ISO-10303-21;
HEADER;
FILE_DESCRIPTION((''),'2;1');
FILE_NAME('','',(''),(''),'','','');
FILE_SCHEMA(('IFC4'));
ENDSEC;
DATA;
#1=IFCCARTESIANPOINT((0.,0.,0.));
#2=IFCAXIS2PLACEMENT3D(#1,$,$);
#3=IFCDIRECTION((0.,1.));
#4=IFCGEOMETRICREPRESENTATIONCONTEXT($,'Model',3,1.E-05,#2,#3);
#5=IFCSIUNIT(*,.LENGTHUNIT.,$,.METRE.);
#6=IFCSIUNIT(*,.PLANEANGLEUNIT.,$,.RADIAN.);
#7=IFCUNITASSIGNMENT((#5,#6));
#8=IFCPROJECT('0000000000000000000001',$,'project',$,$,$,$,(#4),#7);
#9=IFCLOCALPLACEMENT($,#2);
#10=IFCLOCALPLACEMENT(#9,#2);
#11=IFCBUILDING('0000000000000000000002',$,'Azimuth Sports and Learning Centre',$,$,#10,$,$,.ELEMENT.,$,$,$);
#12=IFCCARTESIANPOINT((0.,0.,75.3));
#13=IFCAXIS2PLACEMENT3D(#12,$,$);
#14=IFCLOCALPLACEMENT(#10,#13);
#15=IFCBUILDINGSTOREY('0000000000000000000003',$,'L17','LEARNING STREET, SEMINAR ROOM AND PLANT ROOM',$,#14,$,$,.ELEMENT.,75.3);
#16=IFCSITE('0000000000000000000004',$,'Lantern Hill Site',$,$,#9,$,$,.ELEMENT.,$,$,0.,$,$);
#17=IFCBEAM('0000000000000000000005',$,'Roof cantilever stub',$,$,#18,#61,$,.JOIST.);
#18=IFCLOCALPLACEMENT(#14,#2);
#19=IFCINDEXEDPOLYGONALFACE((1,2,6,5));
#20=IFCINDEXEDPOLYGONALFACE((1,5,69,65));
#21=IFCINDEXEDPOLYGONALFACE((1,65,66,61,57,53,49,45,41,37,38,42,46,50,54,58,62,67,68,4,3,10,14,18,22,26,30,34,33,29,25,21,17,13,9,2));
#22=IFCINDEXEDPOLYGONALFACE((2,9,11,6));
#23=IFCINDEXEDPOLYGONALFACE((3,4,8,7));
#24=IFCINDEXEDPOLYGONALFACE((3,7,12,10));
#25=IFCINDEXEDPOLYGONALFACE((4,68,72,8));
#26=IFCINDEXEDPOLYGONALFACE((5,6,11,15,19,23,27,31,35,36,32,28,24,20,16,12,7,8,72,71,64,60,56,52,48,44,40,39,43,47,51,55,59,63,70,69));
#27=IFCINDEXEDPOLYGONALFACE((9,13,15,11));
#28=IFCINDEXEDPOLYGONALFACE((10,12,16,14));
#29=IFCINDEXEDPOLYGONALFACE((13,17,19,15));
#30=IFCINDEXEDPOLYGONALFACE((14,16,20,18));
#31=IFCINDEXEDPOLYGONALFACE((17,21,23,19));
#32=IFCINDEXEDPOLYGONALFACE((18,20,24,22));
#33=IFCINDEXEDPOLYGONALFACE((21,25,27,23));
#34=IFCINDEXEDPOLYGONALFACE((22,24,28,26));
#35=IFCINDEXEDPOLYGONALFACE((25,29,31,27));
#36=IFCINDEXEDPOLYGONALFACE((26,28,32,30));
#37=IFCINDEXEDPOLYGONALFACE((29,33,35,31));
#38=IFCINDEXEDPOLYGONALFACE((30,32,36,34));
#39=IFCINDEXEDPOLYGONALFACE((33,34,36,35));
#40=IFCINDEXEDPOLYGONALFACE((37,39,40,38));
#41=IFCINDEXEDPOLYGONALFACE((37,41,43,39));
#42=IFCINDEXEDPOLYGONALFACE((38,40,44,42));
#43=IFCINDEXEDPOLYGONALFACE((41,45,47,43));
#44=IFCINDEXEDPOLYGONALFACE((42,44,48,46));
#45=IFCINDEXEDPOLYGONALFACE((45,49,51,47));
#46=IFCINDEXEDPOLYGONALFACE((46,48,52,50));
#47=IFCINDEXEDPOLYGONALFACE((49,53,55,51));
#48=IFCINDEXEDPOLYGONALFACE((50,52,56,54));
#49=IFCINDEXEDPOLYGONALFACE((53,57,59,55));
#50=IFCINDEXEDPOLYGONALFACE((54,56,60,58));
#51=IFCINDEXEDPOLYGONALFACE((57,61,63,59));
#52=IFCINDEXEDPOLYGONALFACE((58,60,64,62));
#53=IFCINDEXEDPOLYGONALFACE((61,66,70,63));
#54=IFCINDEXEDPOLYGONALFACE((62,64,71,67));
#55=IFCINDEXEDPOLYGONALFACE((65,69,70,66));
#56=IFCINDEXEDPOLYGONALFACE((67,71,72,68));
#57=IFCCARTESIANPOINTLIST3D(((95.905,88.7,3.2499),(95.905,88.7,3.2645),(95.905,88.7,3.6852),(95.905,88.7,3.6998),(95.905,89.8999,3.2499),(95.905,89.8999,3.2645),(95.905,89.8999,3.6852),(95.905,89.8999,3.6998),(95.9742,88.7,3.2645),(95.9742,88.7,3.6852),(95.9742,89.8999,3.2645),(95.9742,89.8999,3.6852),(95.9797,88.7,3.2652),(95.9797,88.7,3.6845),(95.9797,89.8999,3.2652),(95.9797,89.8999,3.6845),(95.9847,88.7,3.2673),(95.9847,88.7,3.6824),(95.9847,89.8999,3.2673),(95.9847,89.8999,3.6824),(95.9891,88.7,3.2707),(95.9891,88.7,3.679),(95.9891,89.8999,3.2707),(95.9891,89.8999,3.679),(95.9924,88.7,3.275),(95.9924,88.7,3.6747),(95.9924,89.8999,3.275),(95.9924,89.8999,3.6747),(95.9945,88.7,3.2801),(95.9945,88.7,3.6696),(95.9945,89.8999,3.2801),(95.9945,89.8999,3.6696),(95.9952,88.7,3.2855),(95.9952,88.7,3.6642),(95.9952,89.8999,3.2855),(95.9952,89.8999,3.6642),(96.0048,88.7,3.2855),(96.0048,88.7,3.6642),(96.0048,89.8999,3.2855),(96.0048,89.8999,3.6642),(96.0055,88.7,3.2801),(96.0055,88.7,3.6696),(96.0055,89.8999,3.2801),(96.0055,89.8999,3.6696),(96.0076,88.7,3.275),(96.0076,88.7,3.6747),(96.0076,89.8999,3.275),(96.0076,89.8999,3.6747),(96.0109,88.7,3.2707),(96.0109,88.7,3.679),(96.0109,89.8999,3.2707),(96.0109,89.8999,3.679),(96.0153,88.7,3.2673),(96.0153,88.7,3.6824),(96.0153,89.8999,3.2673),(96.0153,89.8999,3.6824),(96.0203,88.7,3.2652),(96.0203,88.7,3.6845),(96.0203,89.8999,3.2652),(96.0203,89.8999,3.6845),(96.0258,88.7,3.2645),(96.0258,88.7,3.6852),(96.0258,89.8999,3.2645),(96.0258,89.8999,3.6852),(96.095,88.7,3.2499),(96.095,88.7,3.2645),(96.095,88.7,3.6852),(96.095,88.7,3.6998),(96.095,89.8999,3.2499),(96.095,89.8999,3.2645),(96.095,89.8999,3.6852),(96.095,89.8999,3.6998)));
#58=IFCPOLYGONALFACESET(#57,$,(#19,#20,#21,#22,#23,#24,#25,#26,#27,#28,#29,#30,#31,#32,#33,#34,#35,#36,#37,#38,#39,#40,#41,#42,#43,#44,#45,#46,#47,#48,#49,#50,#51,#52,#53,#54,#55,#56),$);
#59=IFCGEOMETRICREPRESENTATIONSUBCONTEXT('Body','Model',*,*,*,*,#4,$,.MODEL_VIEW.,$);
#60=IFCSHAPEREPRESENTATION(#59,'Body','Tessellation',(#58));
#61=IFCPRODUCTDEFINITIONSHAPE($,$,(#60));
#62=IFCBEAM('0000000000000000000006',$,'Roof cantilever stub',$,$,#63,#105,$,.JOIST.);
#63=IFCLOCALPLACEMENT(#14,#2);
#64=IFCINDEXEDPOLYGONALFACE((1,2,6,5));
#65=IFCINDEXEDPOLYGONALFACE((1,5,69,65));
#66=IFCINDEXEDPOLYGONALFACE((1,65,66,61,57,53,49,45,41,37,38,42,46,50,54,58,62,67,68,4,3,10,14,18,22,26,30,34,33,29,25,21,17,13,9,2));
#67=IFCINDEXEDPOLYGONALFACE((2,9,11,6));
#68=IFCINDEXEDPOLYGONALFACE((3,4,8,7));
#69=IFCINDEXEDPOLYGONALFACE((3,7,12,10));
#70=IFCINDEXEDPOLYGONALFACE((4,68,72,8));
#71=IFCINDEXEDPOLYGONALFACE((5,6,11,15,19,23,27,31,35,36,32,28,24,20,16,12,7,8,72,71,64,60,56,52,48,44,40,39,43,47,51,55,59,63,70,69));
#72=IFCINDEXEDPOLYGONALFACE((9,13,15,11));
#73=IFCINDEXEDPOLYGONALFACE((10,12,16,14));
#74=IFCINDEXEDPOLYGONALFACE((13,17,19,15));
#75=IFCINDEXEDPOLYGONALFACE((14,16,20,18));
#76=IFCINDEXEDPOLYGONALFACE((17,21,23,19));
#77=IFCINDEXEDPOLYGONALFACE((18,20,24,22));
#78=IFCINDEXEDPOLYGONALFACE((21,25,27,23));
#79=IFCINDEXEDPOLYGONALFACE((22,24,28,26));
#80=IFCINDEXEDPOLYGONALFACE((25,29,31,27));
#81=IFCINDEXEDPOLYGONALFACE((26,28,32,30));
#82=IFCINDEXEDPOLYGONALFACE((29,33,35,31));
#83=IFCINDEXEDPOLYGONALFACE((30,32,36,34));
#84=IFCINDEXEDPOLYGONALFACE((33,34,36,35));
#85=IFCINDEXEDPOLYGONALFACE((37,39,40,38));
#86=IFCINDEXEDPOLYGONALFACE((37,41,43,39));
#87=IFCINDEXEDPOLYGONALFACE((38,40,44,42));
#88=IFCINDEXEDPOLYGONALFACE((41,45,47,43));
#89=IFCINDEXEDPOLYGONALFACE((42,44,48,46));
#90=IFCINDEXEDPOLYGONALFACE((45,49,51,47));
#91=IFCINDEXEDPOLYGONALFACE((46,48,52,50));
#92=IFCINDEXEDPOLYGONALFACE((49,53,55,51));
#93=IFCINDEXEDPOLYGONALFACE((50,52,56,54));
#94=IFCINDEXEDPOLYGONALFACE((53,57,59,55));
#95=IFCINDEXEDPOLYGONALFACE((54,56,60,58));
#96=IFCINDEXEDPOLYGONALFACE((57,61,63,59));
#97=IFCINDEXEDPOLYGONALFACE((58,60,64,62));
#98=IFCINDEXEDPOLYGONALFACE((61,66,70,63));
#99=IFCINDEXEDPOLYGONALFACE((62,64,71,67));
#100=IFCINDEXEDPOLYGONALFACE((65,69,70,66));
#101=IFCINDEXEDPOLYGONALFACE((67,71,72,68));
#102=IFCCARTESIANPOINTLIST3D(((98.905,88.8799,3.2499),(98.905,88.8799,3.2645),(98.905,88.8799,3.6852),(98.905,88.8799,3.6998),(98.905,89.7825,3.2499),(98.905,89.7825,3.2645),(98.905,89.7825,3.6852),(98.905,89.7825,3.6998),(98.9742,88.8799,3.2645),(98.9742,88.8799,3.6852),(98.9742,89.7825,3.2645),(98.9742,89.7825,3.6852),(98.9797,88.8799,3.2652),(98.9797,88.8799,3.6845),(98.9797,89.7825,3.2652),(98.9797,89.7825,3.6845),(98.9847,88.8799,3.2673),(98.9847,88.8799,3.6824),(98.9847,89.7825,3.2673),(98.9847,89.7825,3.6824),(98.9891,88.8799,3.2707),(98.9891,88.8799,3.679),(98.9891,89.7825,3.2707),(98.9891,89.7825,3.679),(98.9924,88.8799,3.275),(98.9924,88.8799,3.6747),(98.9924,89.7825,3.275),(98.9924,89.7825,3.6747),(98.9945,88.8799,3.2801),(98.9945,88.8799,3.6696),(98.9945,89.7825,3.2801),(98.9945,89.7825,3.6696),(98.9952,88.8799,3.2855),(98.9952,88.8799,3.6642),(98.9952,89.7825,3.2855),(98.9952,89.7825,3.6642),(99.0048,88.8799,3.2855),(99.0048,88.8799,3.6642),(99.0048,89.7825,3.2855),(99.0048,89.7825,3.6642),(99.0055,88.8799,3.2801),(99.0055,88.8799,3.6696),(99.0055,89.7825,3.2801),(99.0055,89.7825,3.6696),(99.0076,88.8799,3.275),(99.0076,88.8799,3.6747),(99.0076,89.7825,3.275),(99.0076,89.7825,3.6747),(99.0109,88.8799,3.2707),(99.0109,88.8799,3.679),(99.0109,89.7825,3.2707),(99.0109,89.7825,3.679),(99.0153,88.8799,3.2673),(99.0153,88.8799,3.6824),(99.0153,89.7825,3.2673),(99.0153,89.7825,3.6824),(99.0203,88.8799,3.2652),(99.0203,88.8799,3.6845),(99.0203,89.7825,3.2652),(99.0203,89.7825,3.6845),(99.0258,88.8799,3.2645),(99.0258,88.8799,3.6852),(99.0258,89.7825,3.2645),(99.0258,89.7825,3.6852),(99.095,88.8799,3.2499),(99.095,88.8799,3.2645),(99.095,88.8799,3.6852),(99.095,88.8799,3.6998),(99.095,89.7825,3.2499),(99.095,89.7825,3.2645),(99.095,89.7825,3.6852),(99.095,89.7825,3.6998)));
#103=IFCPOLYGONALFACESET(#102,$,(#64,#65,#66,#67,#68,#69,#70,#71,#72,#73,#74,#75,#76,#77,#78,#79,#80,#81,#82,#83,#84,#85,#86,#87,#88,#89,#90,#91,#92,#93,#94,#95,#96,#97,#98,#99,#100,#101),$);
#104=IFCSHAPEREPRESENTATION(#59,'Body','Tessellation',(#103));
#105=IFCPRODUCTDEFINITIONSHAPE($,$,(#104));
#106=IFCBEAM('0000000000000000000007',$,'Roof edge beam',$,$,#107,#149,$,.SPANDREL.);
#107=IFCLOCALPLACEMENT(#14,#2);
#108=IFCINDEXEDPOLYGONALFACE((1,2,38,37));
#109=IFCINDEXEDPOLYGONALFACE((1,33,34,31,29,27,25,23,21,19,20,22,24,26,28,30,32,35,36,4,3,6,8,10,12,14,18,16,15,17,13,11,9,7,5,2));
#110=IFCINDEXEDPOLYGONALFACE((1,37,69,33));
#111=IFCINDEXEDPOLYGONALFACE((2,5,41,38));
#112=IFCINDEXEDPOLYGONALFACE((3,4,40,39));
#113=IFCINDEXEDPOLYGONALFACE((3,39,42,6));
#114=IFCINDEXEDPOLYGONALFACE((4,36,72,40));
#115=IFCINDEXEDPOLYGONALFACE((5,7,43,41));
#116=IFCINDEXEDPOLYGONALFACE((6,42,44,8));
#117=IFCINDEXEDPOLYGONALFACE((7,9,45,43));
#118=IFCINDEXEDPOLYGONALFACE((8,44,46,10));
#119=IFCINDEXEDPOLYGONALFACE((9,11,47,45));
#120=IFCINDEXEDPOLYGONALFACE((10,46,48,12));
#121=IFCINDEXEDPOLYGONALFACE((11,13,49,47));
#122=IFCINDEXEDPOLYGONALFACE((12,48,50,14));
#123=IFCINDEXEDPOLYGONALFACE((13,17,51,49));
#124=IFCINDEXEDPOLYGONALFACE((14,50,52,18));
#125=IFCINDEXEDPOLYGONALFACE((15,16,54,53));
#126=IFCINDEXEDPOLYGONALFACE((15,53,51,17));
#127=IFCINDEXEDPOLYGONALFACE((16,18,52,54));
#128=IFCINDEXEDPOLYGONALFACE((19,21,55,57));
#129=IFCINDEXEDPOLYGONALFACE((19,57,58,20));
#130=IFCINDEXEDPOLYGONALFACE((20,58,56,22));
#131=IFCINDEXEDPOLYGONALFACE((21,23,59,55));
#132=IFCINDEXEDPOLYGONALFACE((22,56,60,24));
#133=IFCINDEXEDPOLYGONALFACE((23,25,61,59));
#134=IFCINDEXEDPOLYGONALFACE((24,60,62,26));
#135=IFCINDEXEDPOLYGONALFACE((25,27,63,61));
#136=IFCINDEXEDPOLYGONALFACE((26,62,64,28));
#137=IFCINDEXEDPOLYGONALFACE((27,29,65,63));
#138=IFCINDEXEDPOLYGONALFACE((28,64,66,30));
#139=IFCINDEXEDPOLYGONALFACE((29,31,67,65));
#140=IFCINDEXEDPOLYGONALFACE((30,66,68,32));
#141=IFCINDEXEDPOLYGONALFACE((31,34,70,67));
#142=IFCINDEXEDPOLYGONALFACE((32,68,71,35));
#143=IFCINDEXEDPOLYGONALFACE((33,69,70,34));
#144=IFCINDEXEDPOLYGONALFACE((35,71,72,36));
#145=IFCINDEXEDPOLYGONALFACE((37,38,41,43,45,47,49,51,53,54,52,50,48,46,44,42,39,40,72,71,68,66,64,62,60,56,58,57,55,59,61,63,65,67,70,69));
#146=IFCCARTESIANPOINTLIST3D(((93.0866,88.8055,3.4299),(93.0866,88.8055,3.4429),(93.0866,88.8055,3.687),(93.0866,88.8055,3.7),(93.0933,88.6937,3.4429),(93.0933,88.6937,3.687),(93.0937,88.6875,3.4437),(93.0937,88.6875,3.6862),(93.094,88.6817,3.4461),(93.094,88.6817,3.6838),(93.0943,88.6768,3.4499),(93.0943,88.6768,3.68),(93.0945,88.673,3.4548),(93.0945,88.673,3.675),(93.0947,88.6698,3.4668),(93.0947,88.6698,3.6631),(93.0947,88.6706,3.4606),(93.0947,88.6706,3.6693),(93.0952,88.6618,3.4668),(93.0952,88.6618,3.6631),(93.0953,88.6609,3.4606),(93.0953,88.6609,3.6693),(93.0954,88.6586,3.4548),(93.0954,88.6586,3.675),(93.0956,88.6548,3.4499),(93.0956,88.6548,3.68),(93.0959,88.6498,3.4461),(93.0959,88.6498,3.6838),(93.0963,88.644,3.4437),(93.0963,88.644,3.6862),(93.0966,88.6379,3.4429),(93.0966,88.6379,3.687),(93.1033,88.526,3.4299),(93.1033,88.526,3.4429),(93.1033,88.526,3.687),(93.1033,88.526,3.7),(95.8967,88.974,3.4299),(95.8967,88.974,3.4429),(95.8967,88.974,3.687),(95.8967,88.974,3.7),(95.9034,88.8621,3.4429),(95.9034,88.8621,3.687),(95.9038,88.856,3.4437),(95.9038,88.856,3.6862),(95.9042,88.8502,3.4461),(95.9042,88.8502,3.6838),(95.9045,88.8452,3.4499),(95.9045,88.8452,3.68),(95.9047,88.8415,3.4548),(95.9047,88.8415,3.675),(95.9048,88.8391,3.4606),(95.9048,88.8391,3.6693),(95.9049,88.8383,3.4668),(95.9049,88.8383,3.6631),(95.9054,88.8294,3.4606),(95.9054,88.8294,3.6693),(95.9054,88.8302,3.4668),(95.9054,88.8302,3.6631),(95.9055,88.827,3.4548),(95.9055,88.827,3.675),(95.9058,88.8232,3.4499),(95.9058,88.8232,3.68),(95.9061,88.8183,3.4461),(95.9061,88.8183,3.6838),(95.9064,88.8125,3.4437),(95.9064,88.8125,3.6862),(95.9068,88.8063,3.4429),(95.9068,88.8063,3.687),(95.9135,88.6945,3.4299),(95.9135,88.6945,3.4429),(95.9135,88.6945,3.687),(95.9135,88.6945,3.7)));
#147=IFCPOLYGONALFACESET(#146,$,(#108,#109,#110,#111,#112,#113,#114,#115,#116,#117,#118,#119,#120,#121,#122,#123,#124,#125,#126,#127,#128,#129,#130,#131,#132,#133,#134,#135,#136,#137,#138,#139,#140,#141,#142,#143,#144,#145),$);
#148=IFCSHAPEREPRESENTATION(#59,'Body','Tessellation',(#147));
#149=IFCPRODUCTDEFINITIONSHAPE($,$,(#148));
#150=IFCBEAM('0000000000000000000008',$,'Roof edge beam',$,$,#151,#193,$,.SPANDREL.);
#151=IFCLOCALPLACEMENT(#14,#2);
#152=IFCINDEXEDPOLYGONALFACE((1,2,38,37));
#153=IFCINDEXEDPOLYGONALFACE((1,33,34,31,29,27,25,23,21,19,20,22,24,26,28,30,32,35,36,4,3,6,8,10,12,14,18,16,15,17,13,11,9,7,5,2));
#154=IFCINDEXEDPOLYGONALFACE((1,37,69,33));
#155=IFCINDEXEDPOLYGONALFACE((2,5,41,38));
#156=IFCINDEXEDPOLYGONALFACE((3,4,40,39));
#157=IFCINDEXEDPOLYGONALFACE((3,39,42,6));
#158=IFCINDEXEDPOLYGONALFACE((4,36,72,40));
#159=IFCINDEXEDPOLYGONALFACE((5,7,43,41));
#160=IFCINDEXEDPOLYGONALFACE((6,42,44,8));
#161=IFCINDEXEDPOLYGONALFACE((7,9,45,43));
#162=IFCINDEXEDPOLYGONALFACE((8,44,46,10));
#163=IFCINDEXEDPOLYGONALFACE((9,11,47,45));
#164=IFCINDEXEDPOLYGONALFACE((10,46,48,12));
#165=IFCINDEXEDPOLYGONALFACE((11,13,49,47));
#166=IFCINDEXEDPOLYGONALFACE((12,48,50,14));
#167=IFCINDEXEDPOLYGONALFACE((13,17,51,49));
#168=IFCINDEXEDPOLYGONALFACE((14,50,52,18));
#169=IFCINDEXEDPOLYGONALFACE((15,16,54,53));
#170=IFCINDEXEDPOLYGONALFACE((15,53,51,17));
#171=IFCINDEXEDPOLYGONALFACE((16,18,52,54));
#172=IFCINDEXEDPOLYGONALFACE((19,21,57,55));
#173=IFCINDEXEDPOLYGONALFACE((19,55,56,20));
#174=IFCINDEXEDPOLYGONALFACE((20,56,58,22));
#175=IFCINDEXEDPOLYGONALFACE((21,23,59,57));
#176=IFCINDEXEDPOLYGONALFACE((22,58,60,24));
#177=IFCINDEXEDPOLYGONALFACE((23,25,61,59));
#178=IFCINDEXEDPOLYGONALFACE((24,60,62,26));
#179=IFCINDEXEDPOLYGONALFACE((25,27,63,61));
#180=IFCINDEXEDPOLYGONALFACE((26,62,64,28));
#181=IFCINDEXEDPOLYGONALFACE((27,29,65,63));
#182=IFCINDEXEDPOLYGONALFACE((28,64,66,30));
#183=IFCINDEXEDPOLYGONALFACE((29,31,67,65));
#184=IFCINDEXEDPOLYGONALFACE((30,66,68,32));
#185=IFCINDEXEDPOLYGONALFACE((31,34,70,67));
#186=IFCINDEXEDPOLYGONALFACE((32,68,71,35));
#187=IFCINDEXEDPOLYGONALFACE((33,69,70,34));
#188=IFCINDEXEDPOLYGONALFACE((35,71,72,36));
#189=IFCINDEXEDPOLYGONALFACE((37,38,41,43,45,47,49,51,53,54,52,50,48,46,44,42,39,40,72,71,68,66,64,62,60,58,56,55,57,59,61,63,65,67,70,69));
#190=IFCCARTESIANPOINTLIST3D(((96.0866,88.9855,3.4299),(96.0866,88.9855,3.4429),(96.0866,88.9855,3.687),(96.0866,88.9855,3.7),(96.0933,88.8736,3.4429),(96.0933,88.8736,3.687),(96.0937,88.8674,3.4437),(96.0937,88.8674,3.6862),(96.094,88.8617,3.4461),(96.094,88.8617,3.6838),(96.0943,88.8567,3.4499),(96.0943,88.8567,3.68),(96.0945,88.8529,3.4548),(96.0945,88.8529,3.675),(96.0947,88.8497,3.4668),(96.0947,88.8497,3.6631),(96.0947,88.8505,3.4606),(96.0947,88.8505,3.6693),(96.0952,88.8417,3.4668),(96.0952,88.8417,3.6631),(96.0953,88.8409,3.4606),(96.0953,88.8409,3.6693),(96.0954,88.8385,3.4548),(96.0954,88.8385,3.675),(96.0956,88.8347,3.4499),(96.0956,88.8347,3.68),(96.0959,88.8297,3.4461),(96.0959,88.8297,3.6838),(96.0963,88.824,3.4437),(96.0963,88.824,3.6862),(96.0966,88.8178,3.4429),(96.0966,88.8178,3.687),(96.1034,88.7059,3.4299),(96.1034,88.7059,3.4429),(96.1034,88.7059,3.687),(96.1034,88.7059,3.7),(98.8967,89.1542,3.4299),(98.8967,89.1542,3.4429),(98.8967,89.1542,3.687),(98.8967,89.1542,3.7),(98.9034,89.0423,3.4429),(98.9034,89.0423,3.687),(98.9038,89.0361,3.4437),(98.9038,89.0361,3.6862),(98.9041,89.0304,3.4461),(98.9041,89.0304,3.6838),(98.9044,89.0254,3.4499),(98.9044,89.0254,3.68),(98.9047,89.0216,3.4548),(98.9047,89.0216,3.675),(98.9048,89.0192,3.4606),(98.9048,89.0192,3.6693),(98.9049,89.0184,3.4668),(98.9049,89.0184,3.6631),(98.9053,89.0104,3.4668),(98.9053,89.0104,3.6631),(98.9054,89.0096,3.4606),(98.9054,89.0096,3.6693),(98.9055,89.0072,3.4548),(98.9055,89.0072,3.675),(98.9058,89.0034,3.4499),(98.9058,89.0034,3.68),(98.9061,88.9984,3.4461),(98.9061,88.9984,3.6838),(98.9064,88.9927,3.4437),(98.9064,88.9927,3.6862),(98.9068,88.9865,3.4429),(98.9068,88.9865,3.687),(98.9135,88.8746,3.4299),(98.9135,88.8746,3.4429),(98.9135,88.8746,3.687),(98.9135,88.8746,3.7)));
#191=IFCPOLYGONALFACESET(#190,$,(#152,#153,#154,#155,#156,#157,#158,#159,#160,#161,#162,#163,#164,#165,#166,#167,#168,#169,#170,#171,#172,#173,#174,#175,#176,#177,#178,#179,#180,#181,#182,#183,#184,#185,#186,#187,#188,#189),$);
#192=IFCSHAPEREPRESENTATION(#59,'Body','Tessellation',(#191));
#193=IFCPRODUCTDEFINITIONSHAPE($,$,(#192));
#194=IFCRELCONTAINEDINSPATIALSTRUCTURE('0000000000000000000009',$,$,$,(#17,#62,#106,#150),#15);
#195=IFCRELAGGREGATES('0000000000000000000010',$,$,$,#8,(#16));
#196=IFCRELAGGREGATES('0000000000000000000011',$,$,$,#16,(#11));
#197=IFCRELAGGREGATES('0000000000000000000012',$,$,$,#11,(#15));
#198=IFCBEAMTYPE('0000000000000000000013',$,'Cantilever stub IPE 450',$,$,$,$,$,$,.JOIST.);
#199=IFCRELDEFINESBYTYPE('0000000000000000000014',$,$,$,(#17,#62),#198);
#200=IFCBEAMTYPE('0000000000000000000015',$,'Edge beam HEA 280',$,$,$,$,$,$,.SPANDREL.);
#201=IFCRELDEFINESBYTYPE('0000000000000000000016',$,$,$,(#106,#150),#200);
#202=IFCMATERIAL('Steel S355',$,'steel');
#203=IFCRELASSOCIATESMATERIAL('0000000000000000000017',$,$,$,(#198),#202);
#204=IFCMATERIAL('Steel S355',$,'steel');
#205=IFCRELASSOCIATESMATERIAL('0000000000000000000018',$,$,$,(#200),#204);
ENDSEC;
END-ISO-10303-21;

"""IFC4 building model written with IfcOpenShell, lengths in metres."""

from ifc_helpers import new_model, si_unit, direction, frame, origin, origin_2d, place, context, subcontext, project, spatial, i_section, extrude, material, material_profile, profile_set, type_object, element, save


model = new_model("IFC4")

# Units and contexts
model_context = context("Model", 3, precision=1e-05, world=origin(), true_north=direction((0.0, 1.0)))
body_context = subcontext(model_context, "Body", "Model", "MODEL_VIEW")
ifc_project = project(units=[si_unit("LENGTHUNIT", "METRE"), si_unit("PLANEANGLEUNIT", "RADIAN")], contexts=[model_context])

# Site, building, storey
site_placement = place(None, origin())
site = spatial("IfcSite", under=ifc_project, at=site_placement, Name="Lantern Hill Site", CompositionType="ELEMENT", RefElevation=0.0)
building_placement = place(site_placement, origin())
building = spatial("IfcBuilding", under=site, at=building_placement, Name="Azimuth Sports and Learning Centre", CompositionType="ELEMENT")
storey_placement = place(building_placement, frame((0.0, 0.0, 75.3)))
storey = spatial("IfcBuildingStorey", under=building, at=storey_placement, Name="L17", Description="LEARNING STREET, SEMINAR ROOM AND PLANT ROOM", CompositionType="ELEMENT", Elevation=75.3)

# Beams
ifc_material_1 = material(Name="Steel S355", Category="steel")
ifc_material_profile_1 = material_profile(ifc_material_1, i_section(OverallWidth=0.1899, OverallDepth=0.45, WebThickness=0.0095, FlangeThickness=0.0146, FilletRadius=0.021, at=origin_2d()), Name="IPE 450")
ifc_profile_set_1 = profile_set([ifc_material_profile_1], Name="Steel S355")
beam_type_1 = type_object("IfcBeamType", Name="Cantilever stub IPE 450", PredefinedType="JOIST", material=ifc_profile_set_1)
beam_1_placement = place(storey_placement, frame((96.0, 89.8999, 3.4749), z_axis=(0.0, -1.0, 0.0), x_axis=(1.0, 0.0, 0.0)))
element("IfcBeam", 1, at=beam_1_placement, inside=storey, type_object=beam_type_1, Name="Roof cantilever stub", PredefinedType="JOIST", context=body_context, shape_type="SweptSolid", body=[
    extrude(i_section(OverallWidth=0.1899, OverallDepth=0.45, WebThickness=0.0095, FlangeThickness=0.0146, FilletRadius=0.021, at=origin_2d()), origin(), (0.0, 0.0, 1.0), 1.2),
])
beam_2_placement = place(storey_placement, frame((99.0, 89.7825, 3.4749), z_axis=(0.0, -1.0, 0.0), x_axis=(1.0, 0.0, 0.0)))
element("IfcBeam", 2, at=beam_2_placement, inside=storey, type_object=beam_type_1, Name="Roof cantilever stub", PredefinedType="JOIST", context=body_context, shape_type="SweptSolid", body=[
    extrude(i_section(OverallWidth=0.1899, OverallDepth=0.45, WebThickness=0.0095, FlangeThickness=0.0146, FilletRadius=0.021, at=origin_2d()), origin(), (0.0, 0.0, 1.0), 0.9026),
])
ifc_material_2 = material(Name="Steel S355", Category="steel")
ifc_material_profile_2 = material_profile(ifc_material_2, i_section(OverallWidth=0.28, OverallDepth=0.27, WebThickness=0.0081, FlangeThickness=0.0129, FilletRadius=0.0239, at=origin_2d()), Name="HEA 280")
ifc_profile_set_2 = profile_set([ifc_material_profile_2], Name="Steel S355")
beam_type_2 = type_object("IfcBeamType", Name="Edge beam HEA 280", PredefinedType="SPANDREL", material=ifc_profile_set_2)
for number, where, z_axis, x_axis, name in (
    (3, (93.095, 88.6658, 3.5649), (0.998208, 0.05984, 0.0), (-0.05984, 0.998208, 0.0), "Roof edge beam"),
    (4, (96.095, 88.8457, 3.5649), (0.998203, 0.059927, 0.0), (-0.059927, 0.998203, 0.0), "Roof edge beam"),
):
    element("IfcBeam", number, at=place(storey_placement, frame(where, z_axis=z_axis, x_axis=x_axis)), inside=storey, type_object=beam_type_2, Name=name, PredefinedType="SPANDREL", context=body_context, shape_type="SweptSolid", body=[
        extrude(i_section(OverallWidth=0.28, OverallDepth=0.27, WebThickness=0.0081, FlangeThickness=0.0129, FilletRadius=0.0239, at=origin_2d()), origin(), (0.0, 0.0, 1.0), 2.8152),
    ])

save(model, "model.ifc")
